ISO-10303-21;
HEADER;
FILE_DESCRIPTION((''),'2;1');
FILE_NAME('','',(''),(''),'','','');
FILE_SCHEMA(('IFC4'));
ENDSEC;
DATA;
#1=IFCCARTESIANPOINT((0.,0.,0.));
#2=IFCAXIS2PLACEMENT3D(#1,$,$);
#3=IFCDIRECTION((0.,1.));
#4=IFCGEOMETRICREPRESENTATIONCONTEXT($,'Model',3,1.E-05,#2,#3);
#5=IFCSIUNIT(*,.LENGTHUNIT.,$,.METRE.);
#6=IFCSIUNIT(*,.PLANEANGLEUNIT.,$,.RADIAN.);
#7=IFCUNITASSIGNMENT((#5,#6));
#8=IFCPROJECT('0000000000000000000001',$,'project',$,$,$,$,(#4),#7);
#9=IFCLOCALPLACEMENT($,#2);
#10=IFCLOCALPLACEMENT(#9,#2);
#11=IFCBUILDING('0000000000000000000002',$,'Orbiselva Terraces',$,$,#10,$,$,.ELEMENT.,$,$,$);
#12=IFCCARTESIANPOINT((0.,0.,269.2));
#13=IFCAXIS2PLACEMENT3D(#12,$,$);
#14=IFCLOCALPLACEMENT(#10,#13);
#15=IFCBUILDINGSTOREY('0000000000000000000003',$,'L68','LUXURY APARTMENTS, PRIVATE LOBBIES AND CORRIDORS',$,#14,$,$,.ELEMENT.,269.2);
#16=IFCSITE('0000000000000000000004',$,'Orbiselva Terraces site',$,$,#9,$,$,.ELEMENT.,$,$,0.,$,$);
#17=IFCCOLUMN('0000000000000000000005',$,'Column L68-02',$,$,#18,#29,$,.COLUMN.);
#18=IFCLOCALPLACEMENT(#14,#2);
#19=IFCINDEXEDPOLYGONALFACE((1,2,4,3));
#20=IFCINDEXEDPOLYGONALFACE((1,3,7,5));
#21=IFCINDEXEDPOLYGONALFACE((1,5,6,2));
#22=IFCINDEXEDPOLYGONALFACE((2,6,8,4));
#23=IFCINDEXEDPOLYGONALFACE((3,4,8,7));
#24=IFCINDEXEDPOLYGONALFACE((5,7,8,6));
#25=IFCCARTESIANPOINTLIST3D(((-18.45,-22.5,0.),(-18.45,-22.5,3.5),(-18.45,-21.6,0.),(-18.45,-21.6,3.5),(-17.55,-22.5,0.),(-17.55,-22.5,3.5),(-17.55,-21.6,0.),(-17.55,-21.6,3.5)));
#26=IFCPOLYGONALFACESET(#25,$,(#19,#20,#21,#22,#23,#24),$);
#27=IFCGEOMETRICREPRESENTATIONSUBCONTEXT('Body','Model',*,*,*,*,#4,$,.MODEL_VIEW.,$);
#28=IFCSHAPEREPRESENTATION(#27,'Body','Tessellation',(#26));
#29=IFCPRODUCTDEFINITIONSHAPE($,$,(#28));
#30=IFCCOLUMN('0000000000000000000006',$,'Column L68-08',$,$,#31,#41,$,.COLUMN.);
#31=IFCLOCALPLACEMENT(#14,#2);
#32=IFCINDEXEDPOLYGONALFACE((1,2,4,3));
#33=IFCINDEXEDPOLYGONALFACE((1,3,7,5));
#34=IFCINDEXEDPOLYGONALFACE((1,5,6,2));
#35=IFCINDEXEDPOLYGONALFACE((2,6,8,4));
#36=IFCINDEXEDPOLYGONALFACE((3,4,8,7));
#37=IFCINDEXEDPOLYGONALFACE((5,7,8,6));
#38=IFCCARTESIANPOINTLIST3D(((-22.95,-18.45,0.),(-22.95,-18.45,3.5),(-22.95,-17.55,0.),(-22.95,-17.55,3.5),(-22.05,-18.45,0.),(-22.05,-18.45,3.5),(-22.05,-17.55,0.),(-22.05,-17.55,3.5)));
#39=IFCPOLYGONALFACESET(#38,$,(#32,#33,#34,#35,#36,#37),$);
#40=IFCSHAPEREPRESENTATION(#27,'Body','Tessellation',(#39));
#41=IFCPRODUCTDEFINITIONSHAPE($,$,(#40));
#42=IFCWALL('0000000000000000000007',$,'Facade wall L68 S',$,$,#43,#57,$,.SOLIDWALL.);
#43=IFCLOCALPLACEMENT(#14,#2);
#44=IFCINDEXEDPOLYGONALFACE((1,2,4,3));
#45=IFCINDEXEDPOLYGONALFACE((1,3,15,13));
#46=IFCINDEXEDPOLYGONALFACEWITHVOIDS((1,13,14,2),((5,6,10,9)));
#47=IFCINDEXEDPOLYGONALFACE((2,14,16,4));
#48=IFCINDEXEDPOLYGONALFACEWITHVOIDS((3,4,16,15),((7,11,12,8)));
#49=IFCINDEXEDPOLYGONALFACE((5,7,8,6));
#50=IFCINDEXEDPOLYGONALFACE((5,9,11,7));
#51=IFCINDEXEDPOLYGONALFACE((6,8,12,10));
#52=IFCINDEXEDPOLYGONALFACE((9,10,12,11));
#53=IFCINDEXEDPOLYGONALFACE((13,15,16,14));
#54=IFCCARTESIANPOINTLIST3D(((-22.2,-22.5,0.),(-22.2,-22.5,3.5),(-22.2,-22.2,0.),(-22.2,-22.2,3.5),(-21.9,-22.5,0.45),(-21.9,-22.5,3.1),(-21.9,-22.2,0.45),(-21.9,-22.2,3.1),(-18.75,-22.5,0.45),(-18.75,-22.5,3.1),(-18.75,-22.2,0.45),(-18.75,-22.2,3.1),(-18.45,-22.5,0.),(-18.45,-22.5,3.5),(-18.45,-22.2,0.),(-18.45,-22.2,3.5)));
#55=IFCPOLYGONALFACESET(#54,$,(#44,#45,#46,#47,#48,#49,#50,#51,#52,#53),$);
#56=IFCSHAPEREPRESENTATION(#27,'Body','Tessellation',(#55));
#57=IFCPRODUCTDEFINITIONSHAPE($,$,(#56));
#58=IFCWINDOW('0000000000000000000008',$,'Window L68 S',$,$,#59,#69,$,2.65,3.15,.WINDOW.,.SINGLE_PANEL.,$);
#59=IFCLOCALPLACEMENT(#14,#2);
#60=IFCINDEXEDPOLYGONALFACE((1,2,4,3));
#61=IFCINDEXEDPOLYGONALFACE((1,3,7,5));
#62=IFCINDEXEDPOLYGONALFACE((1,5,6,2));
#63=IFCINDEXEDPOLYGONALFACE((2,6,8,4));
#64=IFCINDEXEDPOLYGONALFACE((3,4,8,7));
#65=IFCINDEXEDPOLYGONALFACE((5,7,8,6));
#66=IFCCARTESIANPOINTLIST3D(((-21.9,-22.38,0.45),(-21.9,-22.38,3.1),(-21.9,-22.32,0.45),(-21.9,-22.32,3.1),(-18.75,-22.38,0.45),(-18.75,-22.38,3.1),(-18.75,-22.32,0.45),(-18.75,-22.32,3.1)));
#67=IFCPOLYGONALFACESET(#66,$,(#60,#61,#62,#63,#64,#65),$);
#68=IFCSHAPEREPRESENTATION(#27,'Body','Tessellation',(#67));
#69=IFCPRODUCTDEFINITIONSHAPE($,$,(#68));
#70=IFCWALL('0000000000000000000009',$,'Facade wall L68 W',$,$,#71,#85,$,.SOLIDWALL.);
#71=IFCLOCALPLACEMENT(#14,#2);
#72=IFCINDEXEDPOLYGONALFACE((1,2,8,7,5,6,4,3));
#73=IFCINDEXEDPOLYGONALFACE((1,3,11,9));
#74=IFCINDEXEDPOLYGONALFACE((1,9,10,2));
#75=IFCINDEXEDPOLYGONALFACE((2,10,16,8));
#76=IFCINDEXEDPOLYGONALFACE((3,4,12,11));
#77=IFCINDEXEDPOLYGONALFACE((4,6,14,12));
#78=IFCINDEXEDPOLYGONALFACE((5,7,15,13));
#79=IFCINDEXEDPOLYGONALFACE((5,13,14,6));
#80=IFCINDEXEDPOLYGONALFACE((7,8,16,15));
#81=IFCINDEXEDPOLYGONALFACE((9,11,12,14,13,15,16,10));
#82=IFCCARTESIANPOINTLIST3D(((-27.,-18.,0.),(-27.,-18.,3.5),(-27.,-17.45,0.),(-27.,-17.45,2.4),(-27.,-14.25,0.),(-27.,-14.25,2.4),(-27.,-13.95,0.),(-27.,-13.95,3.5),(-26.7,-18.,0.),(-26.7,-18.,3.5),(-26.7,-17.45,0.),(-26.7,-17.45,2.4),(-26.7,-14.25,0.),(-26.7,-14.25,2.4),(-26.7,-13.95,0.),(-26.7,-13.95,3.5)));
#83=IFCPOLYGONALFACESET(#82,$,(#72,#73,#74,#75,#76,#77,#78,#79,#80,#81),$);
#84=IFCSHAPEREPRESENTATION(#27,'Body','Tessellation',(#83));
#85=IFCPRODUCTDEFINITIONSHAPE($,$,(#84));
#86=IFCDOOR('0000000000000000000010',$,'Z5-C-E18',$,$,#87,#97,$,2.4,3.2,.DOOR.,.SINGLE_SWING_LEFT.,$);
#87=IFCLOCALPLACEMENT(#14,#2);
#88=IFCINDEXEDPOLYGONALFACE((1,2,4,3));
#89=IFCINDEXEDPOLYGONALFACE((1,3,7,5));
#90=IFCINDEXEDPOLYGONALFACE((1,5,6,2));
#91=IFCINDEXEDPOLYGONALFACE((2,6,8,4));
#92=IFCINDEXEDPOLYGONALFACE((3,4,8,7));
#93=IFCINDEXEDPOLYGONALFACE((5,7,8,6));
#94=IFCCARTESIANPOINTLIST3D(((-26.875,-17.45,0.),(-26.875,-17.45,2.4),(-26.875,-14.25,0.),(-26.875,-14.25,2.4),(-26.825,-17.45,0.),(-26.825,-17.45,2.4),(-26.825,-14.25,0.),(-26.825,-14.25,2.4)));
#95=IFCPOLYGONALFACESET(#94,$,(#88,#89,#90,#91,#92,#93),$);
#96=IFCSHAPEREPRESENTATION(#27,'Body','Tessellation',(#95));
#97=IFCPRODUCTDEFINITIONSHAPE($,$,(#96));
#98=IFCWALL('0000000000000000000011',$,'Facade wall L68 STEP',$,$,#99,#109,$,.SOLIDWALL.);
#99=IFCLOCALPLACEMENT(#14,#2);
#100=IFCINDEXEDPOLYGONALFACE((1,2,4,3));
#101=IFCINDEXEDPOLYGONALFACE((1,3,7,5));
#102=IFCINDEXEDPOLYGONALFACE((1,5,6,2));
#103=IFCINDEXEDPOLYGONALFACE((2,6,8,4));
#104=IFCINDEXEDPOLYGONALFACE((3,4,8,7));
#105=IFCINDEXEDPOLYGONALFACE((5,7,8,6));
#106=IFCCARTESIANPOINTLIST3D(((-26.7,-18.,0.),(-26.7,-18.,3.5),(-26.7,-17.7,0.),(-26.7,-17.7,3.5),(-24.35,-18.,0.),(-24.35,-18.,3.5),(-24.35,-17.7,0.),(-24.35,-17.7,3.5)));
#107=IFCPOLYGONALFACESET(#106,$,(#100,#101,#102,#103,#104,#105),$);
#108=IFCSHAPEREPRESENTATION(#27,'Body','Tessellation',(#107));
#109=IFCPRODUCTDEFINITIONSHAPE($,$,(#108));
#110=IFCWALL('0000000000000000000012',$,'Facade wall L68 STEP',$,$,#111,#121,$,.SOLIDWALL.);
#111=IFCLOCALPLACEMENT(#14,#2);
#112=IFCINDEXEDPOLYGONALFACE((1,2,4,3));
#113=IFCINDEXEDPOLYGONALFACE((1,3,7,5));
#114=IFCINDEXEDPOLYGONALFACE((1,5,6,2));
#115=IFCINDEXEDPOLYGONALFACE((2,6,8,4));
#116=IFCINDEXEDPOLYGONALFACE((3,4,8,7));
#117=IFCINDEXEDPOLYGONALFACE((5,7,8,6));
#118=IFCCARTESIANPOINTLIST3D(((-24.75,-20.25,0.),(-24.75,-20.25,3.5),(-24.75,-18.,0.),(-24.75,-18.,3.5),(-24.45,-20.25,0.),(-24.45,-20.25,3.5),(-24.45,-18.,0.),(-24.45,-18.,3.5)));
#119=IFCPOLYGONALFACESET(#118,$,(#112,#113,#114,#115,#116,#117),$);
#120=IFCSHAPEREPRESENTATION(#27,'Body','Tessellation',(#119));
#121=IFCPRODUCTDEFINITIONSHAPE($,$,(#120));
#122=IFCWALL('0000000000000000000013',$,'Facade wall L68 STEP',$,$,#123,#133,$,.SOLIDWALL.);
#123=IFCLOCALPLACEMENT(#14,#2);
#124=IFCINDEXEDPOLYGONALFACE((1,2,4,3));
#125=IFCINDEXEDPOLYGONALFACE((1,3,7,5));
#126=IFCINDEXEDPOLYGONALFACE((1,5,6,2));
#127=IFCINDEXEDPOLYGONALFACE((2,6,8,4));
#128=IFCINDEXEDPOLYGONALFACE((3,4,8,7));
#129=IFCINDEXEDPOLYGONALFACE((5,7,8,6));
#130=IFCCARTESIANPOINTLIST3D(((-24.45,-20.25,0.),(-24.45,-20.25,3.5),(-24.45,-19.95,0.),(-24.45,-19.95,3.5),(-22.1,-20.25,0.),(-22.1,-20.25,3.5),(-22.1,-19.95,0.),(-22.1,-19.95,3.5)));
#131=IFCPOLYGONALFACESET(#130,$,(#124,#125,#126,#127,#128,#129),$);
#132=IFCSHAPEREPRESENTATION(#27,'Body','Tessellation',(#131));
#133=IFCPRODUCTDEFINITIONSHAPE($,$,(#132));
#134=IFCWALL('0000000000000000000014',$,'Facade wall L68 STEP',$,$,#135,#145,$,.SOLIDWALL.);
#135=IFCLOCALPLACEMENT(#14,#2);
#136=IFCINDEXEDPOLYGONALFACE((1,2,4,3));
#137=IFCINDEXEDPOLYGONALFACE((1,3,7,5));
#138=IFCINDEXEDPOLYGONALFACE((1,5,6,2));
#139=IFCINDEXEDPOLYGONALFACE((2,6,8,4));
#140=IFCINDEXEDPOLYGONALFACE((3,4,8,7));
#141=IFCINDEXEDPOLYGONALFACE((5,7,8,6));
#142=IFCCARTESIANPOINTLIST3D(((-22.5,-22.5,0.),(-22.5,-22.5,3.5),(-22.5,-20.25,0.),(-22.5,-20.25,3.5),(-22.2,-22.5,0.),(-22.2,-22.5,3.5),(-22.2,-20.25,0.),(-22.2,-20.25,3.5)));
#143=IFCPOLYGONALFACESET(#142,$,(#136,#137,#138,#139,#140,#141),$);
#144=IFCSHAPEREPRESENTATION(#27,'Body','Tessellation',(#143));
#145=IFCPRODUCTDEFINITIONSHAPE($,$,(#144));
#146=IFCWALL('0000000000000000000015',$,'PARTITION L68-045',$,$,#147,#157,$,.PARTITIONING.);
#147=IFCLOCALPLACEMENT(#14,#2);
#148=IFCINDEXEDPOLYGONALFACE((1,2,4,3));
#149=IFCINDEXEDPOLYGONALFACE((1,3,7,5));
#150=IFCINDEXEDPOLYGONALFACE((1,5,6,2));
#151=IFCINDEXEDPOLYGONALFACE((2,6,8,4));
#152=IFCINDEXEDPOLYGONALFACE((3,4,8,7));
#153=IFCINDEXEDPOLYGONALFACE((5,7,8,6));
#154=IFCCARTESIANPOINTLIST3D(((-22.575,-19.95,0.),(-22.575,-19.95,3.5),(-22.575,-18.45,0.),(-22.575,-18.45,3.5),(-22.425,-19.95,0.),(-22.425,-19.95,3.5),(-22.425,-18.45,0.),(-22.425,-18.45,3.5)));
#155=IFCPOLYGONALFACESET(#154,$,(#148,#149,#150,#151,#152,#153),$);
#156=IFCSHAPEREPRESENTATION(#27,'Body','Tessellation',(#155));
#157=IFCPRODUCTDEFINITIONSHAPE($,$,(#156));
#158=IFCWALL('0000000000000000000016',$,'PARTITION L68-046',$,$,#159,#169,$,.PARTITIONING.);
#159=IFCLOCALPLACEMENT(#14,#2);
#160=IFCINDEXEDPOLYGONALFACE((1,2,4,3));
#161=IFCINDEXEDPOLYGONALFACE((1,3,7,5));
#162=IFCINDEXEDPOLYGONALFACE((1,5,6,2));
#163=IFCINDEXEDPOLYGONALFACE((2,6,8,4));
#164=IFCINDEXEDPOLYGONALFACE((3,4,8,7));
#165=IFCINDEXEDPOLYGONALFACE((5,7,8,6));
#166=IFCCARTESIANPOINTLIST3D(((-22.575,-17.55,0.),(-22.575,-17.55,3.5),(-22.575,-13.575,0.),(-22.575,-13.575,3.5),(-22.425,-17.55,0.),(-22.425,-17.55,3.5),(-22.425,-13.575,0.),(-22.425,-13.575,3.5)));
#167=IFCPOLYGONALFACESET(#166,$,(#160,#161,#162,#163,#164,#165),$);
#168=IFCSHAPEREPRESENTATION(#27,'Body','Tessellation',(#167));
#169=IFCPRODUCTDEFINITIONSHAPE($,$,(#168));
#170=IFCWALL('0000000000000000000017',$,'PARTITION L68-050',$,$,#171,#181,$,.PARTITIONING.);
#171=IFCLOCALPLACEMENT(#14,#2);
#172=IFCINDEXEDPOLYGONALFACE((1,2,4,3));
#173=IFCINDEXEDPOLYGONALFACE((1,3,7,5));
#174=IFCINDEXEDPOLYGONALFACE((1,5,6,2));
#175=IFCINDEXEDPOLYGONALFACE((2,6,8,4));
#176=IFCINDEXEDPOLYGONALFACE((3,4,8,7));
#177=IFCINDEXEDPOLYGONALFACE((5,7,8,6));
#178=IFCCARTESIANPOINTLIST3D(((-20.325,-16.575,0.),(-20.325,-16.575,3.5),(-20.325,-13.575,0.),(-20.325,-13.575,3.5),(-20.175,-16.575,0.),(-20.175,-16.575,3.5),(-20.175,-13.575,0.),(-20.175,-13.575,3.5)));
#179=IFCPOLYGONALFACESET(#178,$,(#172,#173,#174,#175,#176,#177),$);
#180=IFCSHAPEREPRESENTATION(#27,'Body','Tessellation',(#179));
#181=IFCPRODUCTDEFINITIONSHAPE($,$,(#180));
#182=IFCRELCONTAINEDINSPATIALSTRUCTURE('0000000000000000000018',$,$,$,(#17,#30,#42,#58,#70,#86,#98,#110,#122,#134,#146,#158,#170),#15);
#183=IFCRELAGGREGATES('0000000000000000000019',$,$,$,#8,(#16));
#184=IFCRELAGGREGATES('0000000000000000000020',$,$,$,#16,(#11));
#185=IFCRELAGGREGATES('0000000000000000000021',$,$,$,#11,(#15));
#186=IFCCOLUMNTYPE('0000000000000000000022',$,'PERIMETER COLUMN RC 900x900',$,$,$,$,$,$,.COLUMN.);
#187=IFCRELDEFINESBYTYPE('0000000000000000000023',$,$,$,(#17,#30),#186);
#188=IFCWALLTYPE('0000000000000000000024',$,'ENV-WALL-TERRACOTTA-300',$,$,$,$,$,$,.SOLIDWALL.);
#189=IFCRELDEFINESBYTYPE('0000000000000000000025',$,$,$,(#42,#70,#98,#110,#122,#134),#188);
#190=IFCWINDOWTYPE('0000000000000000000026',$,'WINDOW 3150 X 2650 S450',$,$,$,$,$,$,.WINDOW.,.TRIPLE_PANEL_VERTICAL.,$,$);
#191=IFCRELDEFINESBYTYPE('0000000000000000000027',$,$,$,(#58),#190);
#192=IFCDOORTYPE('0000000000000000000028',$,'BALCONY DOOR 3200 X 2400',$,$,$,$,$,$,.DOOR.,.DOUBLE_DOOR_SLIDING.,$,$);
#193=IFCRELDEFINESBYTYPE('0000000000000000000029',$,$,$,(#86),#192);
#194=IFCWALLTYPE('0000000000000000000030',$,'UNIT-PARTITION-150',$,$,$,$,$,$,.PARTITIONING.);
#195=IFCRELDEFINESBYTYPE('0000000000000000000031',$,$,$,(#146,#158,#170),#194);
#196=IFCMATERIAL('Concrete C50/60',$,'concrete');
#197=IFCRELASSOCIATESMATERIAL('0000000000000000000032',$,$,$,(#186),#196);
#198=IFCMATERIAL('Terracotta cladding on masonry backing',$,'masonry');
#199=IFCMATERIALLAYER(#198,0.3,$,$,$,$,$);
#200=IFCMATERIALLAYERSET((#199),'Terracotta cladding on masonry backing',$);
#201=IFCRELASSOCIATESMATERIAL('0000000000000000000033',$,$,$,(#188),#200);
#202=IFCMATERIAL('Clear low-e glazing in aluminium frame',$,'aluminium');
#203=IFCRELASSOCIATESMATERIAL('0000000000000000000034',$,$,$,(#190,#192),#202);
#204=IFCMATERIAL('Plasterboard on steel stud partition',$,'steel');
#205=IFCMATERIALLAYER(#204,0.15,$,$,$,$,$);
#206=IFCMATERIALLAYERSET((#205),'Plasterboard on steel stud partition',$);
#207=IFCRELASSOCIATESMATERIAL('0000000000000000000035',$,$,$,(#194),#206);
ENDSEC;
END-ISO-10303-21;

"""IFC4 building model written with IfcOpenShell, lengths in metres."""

from ifc_helpers import new_model, si_unit, direction, frame, frame_2d, origin, origin_2d, place, context, subcontext, project, spatial, rectangle, extrude, material, layer, layer_set, material_profile, profile_set, type_object, element, fill, save


model = new_model("IFC4")

# Units and contexts
model_context = context("Model", 3, precision=1e-05, world=origin(), true_north=direction((0.0, 1.0)))
body_context = subcontext(model_context, "Body", "Model", "MODEL_VIEW")
ifc_project = project(units=[si_unit("LENGTHUNIT", "METRE"), si_unit("PLANEANGLEUNIT", "RADIAN")], contexts=[model_context])

# Site, building, storey
site_placement = place(None, origin())
site = spatial("IfcSite", under=ifc_project, at=site_placement, Name="Orbiselva Terraces site", CompositionType="ELEMENT", RefElevation=0.0)
building_placement = place(site_placement, origin())
building = spatial("IfcBuilding", under=site, at=building_placement, Name="Orbiselva Terraces", CompositionType="ELEMENT")
storey_placement = place(building_placement, frame((0.0, 0.0, 269.2)))
storey = spatial("IfcBuildingStorey", under=building, at=storey_placement, Name="L68", Description="LUXURY APARTMENTS, PRIVATE LOBBIES AND CORRIDORS", CompositionType="ELEMENT", Elevation=269.2)

# Columns
ifc_material_1 = material(Name="Concrete C50/60", Category="concrete")
ifc_material_profile = material_profile(ifc_material_1, rectangle(XDim=0.9, YDim=0.9, at=origin_2d()), Name="RC 900x900")
ifc_profile_set = profile_set([ifc_material_profile], Name="Concrete C50/60")
column_type = type_object("IfcColumnType", Name="PERIMETER COLUMN RC 900x900", PredefinedType="COLUMN", material=ifc_profile_set)
for number, where, z_axis, x_axis, name in (
    (1, (-18.0, -22.05, 0.0), (0.0, 0.0, 1.0), (1.0, 0.0, 0.0), "Column L68-02"),
    (2, (-22.5, -18.0, 0.0), (0.0, 0.0, 1.0), (1.0, 0.0, 0.0), "Column L68-08"),
):
    element("IfcColumn", number, at=place(storey_placement, frame(where, z_axis=z_axis, x_axis=x_axis)), inside=storey, type_object=column_type, Name=name, PredefinedType="COLUMN", context=body_context, shape_type="SweptSolid", body=[
        extrude(rectangle(XDim=0.9, YDim=0.9, at=origin_2d()), origin(), (0.0, 0.0, 1.0), 3.5),
    ])

# Wall, opening, window
ifc_material_2 = material(Name="Terracotta cladding on masonry backing", Category="masonry")
ifc_layer_1 = layer(ifc_material_2, 0.3)
ifc_layer_set_1 = layer_set([ifc_layer_1], Name="Terracotta cladding on masonry backing")
wall_type_1 = type_object("IfcWallType", Name="ENV-WALL-TERRACOTTA-300", PredefinedType="SOLIDWALL", material=ifc_layer_set_1)
wall_1_placement = place(storey_placement, frame((-18.45, -22.35, 0.0), z_axis=(0.0, 0.0, 1.0), x_axis=(-1.0, 0.0, 0.0)))
wall_1 = element("IfcWall", 3, at=wall_1_placement, inside=storey, type_object=wall_type_1, Name="Facade wall L68 S", PredefinedType="SOLIDWALL", context=body_context, shape_type="SweptSolid", body=[
    extrude(rectangle(XDim=3.75, YDim=0.3, at=frame_2d((1.875, 0.0))), origin(), (0.0, 0.0, 1.0), 3.5),
])
opening_1_placement = place(wall_1_placement, frame((0.3, 0.0, 0.45)))
opening_1 = element("IfcOpeningElement", 4, at=opening_1_placement, cuts=wall_1, PredefinedType="OPENING", context=body_context, shape_type="SweptSolid", body=[
    extrude(rectangle(XDim=3.15, YDim=2.65, at=frame_2d((1.575, 1.325))), frame((0.0, 0.16, 0.0), z_axis=(0.0, -1.0, 0.0), x_axis=(1.0, 0.0, 0.0)), (0.0, 0.0, 1.0), 0.32),
])
ifc_material_3 = material(Name="Clear low-e glazing in aluminium frame", Category="aluminium")
window_type = type_object("IfcWindowType", Name="WINDOW 3150 X 2650 S450", PartitioningType="TRIPLE_PANEL_VERTICAL", PredefinedType="WINDOW", material=ifc_material_3)
window_placement = place(opening_1_placement, origin())
window = element("IfcWindow", 5, at=window_placement, inside=storey, type_object=window_type, Name="Window L68 S", OverallHeight=2.65, OverallWidth=3.15, PartitioningType="SINGLE_PANEL", PredefinedType="WINDOW", context=body_context, shape_type="SweptSolid", body=[
    extrude(rectangle(XDim=3.15, YDim=2.65, at=frame_2d((1.575, 1.325))), frame((0.0, 0.03, 0.0), z_axis=(0.0, -1.0, 0.0), x_axis=(1.0, 0.0, 0.0)), (0.0, 0.0, 1.0), 0.06),
])
fill(opening_1, window)

# Wall, opening, door
wall_2_placement = place(storey_placement, frame((-26.85, -18.0, 0.0), z_axis=(0.0, 0.0, 1.0), x_axis=(0.0, 1.0, 0.0)))
wall_2 = element("IfcWall", 6, at=wall_2_placement, inside=storey, type_object=wall_type_1, Name="Facade wall L68 W", PredefinedType="SOLIDWALL", context=body_context, shape_type="SweptSolid", body=[
    extrude(rectangle(XDim=4.05, YDim=0.3, at=frame_2d((2.025, 0.0))), origin(), (0.0, 0.0, 1.0), 3.5),
])
opening_2_placement = place(wall_2_placement, frame((0.55, 0.0, 0.0)))
opening_2 = element("IfcOpeningElement", 7, at=opening_2_placement, cuts=wall_2, PredefinedType="OPENING", context=body_context, shape_type="SweptSolid", body=[
    extrude(rectangle(XDim=3.2, YDim=2.4, at=frame_2d((1.6, 1.2))), frame((0.0, 0.16, 0.0), z_axis=(0.0, -1.0, 0.0), x_axis=(1.0, 0.0, 0.0)), (0.0, 0.0, 1.0), 0.32),
])
door_type = type_object("IfcDoorType", Name="BALCONY DOOR 3200 X 2400", OperationType="DOUBLE_DOOR_SLIDING", PredefinedType="DOOR", material=ifc_material_3)
door_placement = place(opening_2_placement, origin())
door = element("IfcDoor", 8, at=door_placement, inside=storey, type_object=door_type, Name="Z5-C-E18", OperationType="SINGLE_SWING_LEFT", OverallHeight=2.4, OverallWidth=3.2, PredefinedType="DOOR", context=body_context, shape_type="SweptSolid", body=[
    extrude(rectangle(XDim=3.2, YDim=2.4, at=frame_2d((1.6, 1.2))), frame((0.0, 0.025, 0.0), z_axis=(0.0, -1.0, 0.0), x_axis=(1.0, 0.0, 0.0)), (0.0, 0.0, 1.0), 0.05),
])
fill(opening_2, door)

# Walls
wall_3_placement = place(storey_placement, frame((-24.35, -17.85, 0.0), z_axis=(0.0, 0.0, 1.0), x_axis=(-1.0, 0.0, 0.0)))
element("IfcWall", 9, at=wall_3_placement, inside=storey, type_object=wall_type_1, Name="Facade wall L68 STEP", PredefinedType="SOLIDWALL", context=body_context, shape_type="SweptSolid", body=[
    extrude(rectangle(XDim=2.35, YDim=0.3, at=frame_2d((1.175, 0.0))), origin(), (0.0, 0.0, 1.0), 3.5),
])
wall_4_placement = place(storey_placement, frame((-24.6, -20.25, 0.0), z_axis=(0.0, 0.0, 1.0), x_axis=(0.0, 1.0, 0.0)))
element("IfcWall", 10, at=wall_4_placement, inside=storey, type_object=wall_type_1, Name="Facade wall L68 STEP", PredefinedType="SOLIDWALL", context=body_context, shape_type="SweptSolid", body=[
    extrude(rectangle(XDim=2.25, YDim=0.3, at=frame_2d((1.125, 0.0))), origin(), (0.0, 0.0, 1.0), 3.5),
])
wall_5_placement = place(storey_placement, frame((-22.1, -20.1, 0.0), z_axis=(0.0, 0.0, 1.0), x_axis=(-1.0, 0.0, 0.0)))
element("IfcWall", 11, at=wall_5_placement, inside=storey, type_object=wall_type_1, Name="Facade wall L68 STEP", PredefinedType="SOLIDWALL", context=body_context, shape_type="SweptSolid", body=[
    extrude(rectangle(XDim=2.35, YDim=0.3, at=frame_2d((1.175, 0.0))), origin(), (0.0, 0.0, 1.0), 3.5),
])
wall_6_placement = place(storey_placement, frame((-22.35, -22.5, 0.0), z_axis=(0.0, 0.0, 1.0), x_axis=(0.0, 1.0, 0.0)))
element("IfcWall", 12, at=wall_6_placement, inside=storey, type_object=wall_type_1, Name="Facade wall L68 STEP", PredefinedType="SOLIDWALL", context=body_context, shape_type="SweptSolid", body=[
    extrude(rectangle(XDim=2.25, YDim=0.3, at=frame_2d((1.125, 0.0))), origin(), (0.0, 0.0, 1.0), 3.5),
])
ifc_material_4 = material(Name="Plasterboard on steel stud partition", Category="steel")
ifc_layer_2 = layer(ifc_material_4, 0.15)
ifc_layer_set_2 = layer_set([ifc_layer_2], Name="Plasterboard on steel stud partition")
wall_type_2 = type_object("IfcWallType", Name="UNIT-PARTITION-150", PredefinedType="PARTITIONING", material=ifc_layer_set_2)
wall_7_placement = place(storey_placement, frame((-22.5, -19.95, 0.0), z_axis=(0.0, 0.0, 1.0), x_axis=(0.0, 1.0, 0.0)))
element("IfcWall", 13, at=wall_7_placement, inside=storey, type_object=wall_type_2, Name="PARTITION L68-045", PredefinedType="PARTITIONING", context=body_context, shape_type="SweptSolid", body=[
    extrude(rectangle(XDim=1.5, YDim=0.15, at=frame_2d((0.75, 0.0))), origin(), (0.0, 0.0, 1.0), 3.5),
])
wall_8_placement = place(storey_placement, frame((-22.5, -17.55, 0.0), z_axis=(0.0, 0.0, 1.0), x_axis=(0.0, 1.0, 0.0)))
element("IfcWall", 14, at=wall_8_placement, inside=storey, type_object=wall_type_2, Name="PARTITION L68-046", PredefinedType="PARTITIONING", context=body_context, shape_type="SweptSolid", body=[
    extrude(rectangle(XDim=3.975, YDim=0.15, at=frame_2d((1.9875, 0.0))), origin(), (0.0, 0.0, 1.0), 3.5),
])
wall_9_placement = place(storey_placement, frame((-20.25, -16.575, 0.0), z_axis=(0.0, 0.0, 1.0), x_axis=(0.0, 1.0, 0.0)))
element("IfcWall", 15, at=wall_9_placement, inside=storey, type_object=wall_type_2, Name="PARTITION L68-050", PredefinedType="PARTITIONING", context=body_context, shape_type="SweptSolid", body=[
    extrude(rectangle(XDim=3.0, YDim=0.15, at=frame_2d((1.5, 0.0))), origin(), (0.0, 0.0, 1.0), 3.5),
])

save(model, "model.ifc")
